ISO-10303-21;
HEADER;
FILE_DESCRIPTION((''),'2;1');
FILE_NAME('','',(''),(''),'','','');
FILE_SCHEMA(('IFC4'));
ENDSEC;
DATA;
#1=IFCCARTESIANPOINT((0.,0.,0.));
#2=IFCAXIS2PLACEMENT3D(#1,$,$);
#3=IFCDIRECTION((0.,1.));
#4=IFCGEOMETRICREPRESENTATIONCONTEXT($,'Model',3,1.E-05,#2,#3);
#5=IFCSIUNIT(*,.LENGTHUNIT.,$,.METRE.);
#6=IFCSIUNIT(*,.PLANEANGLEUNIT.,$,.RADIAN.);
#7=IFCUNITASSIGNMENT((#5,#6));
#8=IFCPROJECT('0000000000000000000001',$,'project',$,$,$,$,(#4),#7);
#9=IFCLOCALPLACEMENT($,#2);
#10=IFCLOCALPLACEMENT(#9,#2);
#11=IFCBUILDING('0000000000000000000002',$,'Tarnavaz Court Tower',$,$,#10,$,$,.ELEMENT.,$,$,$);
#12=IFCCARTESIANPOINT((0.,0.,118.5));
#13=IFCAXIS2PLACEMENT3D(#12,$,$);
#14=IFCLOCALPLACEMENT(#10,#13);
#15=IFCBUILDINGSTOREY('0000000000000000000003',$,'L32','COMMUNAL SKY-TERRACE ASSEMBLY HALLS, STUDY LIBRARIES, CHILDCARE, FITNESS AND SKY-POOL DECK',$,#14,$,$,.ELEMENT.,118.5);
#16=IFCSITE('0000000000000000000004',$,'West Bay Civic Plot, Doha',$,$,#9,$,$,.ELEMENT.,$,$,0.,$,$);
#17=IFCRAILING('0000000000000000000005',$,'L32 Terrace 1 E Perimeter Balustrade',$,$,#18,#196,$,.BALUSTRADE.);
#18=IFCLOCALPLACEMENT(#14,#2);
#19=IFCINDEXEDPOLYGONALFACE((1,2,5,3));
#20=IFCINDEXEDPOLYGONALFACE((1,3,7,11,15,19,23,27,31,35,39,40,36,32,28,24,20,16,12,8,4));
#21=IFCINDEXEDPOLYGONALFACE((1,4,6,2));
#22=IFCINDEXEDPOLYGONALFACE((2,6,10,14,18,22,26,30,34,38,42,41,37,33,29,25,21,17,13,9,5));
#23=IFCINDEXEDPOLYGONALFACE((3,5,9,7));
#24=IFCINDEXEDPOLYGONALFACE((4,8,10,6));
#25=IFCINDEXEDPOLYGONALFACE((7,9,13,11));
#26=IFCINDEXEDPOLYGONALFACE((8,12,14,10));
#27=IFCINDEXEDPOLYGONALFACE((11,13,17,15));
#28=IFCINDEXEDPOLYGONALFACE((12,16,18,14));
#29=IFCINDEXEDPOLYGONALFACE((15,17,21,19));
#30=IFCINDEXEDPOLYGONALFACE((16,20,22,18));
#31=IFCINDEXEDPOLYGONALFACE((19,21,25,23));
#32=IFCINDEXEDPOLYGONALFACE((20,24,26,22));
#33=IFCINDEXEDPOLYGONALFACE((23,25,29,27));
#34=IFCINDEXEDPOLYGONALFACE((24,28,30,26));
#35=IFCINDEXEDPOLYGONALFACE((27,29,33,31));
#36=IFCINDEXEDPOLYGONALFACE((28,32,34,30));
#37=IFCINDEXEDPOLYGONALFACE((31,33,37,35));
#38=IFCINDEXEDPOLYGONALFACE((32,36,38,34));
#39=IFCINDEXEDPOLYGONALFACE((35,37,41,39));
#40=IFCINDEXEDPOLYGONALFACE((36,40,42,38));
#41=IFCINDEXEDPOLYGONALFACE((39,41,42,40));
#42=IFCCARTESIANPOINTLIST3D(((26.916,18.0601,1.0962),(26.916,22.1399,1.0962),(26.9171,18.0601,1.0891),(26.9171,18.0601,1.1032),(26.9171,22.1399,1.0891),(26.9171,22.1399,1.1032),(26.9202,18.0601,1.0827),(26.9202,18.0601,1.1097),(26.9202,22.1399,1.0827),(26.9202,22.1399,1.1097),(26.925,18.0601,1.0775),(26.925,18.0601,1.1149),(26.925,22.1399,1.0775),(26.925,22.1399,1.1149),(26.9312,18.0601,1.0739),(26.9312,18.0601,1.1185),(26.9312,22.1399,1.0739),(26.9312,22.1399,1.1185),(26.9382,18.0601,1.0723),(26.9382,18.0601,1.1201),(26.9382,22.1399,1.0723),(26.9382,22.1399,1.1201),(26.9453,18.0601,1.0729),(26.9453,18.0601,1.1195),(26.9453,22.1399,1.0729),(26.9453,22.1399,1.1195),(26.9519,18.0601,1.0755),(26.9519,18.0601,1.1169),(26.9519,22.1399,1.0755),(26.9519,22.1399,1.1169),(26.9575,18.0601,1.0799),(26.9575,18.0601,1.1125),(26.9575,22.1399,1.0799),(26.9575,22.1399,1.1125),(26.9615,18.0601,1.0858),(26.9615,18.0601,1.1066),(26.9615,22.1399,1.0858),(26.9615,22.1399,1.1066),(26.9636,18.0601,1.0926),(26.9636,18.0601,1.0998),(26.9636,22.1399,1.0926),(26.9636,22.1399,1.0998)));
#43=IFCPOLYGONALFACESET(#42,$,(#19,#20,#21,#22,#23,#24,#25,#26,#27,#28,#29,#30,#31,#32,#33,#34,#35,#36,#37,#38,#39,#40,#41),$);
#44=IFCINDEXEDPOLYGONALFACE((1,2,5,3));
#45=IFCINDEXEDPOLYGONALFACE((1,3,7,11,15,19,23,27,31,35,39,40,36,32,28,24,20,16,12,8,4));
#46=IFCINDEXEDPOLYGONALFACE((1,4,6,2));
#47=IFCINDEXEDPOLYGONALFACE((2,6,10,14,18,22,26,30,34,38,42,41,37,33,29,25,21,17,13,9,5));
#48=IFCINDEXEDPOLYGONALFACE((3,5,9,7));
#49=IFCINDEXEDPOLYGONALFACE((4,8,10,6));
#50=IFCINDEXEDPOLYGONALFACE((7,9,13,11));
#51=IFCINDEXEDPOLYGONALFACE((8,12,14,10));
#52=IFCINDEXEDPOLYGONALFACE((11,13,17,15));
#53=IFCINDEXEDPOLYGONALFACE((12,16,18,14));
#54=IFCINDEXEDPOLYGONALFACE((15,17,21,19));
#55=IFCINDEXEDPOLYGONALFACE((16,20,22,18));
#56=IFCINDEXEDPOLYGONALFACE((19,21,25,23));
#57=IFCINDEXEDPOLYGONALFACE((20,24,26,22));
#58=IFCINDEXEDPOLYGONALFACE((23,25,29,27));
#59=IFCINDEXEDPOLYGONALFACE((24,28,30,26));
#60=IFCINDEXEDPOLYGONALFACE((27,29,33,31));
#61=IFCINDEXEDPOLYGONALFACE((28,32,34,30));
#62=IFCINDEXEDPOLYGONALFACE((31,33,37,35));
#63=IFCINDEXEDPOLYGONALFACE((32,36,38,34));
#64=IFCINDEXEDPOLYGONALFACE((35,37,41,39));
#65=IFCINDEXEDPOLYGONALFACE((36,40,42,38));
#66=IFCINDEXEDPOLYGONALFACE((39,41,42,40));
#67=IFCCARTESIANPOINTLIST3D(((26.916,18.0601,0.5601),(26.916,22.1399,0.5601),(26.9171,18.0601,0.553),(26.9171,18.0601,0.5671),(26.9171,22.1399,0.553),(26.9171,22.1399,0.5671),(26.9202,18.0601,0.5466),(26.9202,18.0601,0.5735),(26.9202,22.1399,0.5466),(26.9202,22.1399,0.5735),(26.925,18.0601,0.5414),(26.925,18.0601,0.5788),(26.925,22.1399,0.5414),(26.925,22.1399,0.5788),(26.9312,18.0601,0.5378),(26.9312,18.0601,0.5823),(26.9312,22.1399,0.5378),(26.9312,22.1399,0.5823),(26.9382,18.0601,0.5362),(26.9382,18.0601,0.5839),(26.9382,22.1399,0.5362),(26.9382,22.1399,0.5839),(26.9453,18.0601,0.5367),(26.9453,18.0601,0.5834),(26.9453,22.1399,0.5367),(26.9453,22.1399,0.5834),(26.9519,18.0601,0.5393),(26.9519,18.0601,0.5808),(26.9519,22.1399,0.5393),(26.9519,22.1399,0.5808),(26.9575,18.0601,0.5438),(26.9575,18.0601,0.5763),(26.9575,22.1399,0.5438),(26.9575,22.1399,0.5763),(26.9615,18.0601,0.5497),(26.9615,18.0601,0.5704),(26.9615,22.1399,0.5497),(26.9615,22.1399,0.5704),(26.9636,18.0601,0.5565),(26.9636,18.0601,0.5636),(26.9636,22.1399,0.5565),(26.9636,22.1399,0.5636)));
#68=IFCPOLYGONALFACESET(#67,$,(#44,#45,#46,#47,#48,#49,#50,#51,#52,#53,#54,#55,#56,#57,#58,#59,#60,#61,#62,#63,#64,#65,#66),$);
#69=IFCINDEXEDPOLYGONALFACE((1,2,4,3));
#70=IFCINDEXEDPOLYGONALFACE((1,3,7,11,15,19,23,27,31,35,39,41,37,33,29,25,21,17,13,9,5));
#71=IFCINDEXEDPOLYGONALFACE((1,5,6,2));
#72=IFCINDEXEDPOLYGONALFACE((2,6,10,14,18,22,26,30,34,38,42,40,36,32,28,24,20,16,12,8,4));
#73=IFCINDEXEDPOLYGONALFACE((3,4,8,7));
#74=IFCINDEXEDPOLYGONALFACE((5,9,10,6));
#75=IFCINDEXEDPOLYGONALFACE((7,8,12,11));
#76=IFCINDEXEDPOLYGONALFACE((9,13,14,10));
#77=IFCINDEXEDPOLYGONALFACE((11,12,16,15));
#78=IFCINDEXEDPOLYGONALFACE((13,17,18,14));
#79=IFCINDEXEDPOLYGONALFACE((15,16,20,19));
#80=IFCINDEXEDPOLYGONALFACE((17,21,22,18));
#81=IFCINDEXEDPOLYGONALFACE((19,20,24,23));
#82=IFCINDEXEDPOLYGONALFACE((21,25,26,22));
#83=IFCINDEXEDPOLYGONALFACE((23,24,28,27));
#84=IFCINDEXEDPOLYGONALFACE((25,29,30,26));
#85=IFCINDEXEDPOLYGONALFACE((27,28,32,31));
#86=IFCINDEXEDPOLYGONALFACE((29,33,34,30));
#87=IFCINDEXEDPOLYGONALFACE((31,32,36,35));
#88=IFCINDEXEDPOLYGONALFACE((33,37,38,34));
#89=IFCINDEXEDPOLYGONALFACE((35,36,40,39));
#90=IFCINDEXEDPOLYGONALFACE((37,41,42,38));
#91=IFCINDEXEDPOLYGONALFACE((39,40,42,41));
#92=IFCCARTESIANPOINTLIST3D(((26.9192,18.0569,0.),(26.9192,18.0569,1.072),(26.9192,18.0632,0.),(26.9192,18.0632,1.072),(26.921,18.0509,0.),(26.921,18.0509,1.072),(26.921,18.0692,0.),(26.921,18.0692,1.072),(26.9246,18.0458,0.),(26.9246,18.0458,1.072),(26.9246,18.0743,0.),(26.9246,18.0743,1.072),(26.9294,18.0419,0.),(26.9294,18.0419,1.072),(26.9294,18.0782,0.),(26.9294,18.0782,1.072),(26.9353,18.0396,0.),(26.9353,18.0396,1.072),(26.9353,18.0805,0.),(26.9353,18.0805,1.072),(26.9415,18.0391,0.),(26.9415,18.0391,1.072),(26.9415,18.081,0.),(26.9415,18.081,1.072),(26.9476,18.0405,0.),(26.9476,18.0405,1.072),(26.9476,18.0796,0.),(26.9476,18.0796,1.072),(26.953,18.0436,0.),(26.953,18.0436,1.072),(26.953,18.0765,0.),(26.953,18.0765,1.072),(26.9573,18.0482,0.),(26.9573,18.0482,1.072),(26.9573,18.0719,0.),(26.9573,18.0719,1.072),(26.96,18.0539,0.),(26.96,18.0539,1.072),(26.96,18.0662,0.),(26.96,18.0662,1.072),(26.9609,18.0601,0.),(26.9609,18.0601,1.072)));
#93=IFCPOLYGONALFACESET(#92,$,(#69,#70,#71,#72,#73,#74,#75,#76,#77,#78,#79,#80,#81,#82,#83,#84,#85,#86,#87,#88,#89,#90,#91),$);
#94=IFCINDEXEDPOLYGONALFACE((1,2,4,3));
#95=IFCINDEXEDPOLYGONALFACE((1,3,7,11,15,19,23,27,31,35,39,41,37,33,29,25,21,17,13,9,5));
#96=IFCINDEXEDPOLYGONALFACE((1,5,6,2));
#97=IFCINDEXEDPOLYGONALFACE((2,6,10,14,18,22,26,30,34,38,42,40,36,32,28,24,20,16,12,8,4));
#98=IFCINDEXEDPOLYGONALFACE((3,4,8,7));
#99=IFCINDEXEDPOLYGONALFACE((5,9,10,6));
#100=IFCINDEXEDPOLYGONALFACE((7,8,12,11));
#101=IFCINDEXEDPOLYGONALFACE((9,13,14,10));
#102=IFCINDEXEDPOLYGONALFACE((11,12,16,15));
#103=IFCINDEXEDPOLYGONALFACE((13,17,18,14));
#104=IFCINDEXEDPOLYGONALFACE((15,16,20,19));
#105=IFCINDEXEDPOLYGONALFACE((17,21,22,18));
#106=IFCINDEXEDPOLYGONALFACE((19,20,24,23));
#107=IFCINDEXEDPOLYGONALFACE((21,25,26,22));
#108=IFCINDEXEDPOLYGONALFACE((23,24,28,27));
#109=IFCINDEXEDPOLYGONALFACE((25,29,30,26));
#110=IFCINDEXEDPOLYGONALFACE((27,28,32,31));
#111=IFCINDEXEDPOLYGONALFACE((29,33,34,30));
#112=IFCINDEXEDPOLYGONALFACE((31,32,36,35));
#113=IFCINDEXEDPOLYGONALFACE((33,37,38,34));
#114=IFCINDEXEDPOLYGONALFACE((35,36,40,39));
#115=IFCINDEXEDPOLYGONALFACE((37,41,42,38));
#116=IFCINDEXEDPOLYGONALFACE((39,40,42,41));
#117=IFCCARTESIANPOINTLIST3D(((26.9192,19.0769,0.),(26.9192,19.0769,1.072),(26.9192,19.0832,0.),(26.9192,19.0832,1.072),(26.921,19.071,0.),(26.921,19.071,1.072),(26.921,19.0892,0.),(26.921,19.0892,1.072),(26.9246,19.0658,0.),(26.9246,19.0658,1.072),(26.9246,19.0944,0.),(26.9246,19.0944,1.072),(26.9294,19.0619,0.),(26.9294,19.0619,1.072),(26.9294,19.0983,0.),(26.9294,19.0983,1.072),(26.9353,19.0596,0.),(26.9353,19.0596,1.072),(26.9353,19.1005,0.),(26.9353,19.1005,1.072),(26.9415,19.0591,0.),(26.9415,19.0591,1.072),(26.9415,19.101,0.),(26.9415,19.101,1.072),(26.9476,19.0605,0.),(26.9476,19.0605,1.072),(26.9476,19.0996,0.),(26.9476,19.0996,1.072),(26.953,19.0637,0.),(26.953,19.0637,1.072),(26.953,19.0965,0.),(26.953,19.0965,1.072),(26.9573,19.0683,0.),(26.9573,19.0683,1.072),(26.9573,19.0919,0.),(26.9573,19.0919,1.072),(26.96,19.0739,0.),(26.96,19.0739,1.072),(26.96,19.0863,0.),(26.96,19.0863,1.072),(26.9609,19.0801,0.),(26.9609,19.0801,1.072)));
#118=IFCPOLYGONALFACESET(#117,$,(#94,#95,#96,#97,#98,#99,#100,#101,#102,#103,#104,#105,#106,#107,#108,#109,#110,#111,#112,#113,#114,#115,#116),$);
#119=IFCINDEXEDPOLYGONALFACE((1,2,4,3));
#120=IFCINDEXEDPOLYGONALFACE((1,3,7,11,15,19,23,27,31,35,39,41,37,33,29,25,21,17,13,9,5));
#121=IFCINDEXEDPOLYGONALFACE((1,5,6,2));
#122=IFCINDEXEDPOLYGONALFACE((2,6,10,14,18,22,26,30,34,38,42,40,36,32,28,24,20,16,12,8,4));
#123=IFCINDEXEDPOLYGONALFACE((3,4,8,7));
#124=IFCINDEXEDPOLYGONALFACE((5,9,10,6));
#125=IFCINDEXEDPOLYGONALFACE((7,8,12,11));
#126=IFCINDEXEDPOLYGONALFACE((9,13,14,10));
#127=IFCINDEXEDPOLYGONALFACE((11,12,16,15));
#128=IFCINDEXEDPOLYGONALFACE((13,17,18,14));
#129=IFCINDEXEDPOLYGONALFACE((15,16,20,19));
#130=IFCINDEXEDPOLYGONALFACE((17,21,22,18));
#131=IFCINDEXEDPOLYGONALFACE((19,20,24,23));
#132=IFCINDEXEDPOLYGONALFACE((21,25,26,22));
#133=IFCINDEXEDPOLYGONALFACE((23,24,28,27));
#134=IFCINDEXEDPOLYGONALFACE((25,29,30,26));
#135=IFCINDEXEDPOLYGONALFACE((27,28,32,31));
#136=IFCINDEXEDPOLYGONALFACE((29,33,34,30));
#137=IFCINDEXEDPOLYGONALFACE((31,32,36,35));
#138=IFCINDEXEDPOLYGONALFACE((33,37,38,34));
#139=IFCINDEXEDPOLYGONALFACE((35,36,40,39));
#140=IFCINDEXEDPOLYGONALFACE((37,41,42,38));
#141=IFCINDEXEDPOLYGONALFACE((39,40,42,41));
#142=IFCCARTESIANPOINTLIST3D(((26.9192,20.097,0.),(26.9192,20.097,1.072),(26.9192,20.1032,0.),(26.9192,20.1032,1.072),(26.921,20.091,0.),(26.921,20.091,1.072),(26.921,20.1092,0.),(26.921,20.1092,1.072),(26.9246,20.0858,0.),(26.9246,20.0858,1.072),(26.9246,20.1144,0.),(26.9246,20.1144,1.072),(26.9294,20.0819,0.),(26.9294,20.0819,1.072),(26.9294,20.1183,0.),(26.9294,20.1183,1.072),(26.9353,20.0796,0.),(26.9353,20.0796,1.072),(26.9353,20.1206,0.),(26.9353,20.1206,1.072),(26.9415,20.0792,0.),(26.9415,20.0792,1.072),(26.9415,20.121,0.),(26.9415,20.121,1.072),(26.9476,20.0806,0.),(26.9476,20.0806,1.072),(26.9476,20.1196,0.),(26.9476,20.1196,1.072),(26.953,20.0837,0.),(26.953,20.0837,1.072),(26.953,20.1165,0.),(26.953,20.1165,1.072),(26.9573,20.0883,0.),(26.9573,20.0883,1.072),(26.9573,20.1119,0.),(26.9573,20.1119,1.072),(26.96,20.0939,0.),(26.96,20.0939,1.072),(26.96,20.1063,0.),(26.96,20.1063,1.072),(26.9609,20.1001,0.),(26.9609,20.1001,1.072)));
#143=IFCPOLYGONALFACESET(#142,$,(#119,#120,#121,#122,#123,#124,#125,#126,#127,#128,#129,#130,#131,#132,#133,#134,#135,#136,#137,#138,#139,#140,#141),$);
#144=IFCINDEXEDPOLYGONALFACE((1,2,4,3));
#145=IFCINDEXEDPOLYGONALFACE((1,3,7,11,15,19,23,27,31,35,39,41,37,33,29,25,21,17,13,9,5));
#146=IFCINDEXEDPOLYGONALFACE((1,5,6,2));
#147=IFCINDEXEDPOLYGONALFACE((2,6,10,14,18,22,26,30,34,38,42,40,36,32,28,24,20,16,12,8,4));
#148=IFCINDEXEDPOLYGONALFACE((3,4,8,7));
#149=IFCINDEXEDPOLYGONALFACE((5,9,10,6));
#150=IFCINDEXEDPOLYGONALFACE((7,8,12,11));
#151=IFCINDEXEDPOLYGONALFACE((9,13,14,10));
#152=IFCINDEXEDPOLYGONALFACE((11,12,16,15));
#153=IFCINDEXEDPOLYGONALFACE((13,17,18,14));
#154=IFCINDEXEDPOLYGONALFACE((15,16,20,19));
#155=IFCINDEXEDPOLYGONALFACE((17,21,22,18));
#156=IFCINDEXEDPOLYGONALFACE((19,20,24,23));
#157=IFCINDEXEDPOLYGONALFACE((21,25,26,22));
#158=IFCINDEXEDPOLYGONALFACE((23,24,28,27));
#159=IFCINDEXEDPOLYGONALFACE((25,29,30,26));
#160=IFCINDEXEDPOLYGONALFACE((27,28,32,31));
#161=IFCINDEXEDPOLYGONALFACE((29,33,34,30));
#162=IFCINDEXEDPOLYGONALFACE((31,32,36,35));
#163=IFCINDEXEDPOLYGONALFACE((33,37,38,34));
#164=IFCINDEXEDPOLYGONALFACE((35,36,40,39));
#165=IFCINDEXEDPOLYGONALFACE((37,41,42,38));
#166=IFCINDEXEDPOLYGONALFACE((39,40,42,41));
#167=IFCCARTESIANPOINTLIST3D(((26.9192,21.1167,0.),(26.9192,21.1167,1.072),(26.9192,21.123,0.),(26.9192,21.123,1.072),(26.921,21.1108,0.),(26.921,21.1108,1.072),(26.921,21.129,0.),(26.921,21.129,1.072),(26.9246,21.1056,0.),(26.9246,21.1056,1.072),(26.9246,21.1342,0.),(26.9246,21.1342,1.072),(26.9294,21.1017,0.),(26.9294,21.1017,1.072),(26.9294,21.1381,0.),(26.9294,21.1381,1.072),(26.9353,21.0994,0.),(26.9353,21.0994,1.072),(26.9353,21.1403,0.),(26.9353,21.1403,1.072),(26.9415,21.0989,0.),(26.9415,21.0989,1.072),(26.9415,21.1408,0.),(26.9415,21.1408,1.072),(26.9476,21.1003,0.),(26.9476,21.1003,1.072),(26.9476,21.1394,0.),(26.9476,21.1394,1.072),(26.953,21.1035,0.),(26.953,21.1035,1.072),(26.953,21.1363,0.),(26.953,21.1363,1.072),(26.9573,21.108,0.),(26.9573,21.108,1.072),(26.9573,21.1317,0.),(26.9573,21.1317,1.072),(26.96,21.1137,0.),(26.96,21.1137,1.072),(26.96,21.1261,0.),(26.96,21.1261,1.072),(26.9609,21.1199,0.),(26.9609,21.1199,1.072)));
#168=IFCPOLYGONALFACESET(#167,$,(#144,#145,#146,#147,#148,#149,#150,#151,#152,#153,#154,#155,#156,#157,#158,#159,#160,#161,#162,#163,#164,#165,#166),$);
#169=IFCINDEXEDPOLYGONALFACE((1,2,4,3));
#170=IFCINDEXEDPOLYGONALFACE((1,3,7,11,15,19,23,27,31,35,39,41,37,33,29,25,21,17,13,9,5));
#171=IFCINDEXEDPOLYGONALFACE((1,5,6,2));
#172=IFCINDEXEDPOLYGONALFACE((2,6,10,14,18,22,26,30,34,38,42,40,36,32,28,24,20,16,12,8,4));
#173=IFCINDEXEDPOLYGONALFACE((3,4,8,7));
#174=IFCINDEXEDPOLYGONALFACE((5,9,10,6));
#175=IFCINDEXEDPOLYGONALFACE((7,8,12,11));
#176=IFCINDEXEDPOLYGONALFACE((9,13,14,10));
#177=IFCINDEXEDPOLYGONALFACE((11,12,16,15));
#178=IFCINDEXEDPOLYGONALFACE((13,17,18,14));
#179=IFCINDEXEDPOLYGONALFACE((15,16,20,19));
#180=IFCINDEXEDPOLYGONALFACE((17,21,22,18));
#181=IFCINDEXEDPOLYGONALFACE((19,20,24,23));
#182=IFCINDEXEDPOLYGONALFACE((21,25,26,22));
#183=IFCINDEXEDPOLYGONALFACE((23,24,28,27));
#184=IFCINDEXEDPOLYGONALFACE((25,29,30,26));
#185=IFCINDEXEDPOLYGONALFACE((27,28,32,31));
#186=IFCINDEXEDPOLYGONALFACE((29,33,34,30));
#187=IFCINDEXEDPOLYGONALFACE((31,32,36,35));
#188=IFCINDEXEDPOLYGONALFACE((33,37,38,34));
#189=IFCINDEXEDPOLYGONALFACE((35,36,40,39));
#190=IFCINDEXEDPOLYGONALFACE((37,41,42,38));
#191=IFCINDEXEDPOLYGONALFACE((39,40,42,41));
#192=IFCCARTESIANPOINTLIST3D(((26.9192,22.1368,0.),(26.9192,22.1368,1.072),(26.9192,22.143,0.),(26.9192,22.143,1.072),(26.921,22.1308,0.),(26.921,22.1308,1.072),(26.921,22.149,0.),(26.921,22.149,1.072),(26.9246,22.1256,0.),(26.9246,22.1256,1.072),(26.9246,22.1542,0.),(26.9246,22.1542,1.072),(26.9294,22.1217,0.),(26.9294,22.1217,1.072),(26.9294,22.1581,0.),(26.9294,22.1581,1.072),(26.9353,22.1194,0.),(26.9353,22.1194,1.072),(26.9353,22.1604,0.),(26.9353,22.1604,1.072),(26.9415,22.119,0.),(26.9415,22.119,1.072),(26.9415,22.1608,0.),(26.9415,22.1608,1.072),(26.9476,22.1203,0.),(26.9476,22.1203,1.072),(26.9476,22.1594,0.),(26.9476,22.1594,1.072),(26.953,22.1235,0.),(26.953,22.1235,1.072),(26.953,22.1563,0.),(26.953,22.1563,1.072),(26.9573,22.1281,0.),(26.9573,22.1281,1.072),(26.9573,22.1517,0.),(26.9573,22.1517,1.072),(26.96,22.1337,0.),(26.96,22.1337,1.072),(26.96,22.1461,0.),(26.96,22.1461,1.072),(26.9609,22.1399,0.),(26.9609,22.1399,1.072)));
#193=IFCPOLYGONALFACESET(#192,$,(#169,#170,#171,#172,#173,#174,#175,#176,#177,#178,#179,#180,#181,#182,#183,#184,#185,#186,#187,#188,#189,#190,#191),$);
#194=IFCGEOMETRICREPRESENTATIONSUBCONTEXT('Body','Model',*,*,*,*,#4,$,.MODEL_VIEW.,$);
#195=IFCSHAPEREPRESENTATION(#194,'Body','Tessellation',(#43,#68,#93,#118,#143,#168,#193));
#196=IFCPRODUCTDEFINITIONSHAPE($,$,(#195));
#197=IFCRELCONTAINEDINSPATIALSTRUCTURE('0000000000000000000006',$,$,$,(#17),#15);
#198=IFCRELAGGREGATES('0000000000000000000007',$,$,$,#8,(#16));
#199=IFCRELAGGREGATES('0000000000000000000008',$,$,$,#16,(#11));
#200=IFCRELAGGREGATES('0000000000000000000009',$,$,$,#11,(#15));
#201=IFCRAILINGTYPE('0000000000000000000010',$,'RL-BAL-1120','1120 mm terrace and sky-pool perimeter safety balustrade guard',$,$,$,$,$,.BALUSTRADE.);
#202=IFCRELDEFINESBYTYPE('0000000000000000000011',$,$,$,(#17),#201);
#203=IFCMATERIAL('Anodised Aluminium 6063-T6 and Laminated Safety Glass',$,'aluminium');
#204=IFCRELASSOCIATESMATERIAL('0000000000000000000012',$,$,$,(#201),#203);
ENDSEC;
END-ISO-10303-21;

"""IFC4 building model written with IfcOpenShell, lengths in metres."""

from ifc_helpers import new_model, si_unit, direction, frame, origin, origin_2d, place, context, subcontext, project, spatial, circle, extrude, material, type_object, element, save


model = new_model("IFC4")

# Units and contexts
model_context = context("Model", 3, precision=1e-05, world=origin(), true_north=direction((0.0, 1.0)))
body_context = subcontext(model_context, "Body", "Model", "MODEL_VIEW")
ifc_project = project(units=[si_unit("LENGTHUNIT", "METRE"), si_unit("PLANEANGLEUNIT", "RADIAN")], contexts=[model_context])

# Site, building, storey
site_placement = place(None, origin())
site = spatial("IfcSite", under=ifc_project, at=site_placement, Name="West Bay Civic Plot, Doha", CompositionType="ELEMENT", RefElevation=0.0)
building_placement = place(site_placement, origin())
building = spatial("IfcBuilding", under=site, at=building_placement, Name="Tarnavaz Court Tower", CompositionType="ELEMENT")
storey_placement = place(building_placement, frame((0.0, 0.0, 118.5)))
storey = spatial("IfcBuildingStorey", under=building, at=storey_placement, Name="L32", Description="COMMUNAL SKY-TERRACE ASSEMBLY HALLS, STUDY LIBRARIES, CHILDCARE, FITNESS AND SKY-POOL DECK", CompositionType="ELEMENT", Elevation=118.5)

# Railing
ifc_material_1 = material(Name="Anodised Aluminium 6063-T6 and Laminated Safety Glass", Category="aluminium")
railing_type = type_object("IfcRailingType", Name="RL-BAL-1120", Description="1120 mm terrace and sky-pool perimeter safety balustrade guard", PredefinedType="BALUSTRADE", material=ifc_material_1)
railing_1_placement = place(storey_placement, frame((26.9399, 18.0601, 0.0)))
element("IfcRailing", 1, at=railing_1_placement, inside=storey, type_object=railing_type, Name="L32 Terrace 1 E Perimeter Balustrade", PredefinedType="BALUSTRADE", context=body_context, shape_type="SweptSolid", body=[
    extrude(circle(Radius=0.0239, at=origin_2d()), frame((0.0, 0.0, 1.0962), z_axis=(0.0, 1.0, 0.0), x_axis=(-1.0, 0.0, 0.0)), (0.0, 0.0, 1.0), 4.0798),
    extrude(circle(Radius=0.0239, at=origin_2d()), frame((0.0, 0.0, 0.5601), z_axis=(0.0, 1.0, 0.0), x_axis=(-1.0, 0.0, 0.0)), (0.0, 0.0, 1.0), 4.0798),
    extrude(circle(Radius=0.021, at=origin_2d()), origin(), (0.0, 0.0, 1.0), 1.072),
    extrude(circle(Radius=0.021, at=origin_2d()), frame((0.0, 1.02, 0.0)), (0.0, 0.0, 1.0), 1.072),
    extrude(circle(Radius=0.021, at=origin_2d()), frame((0.0, 2.04, 0.0)), (0.0, 0.0, 1.0), 1.072),
    extrude(circle(Radius=0.021, at=origin_2d()), frame((0.0, 3.0598, 0.0)), (0.0, 0.0, 1.0), 1.072),
    extrude(circle(Radius=0.021, at=origin_2d()), frame((0.0, 4.0798, 0.0)), (0.0, 0.0, 1.0), 1.072),
])

save(model, "model.ifc")
